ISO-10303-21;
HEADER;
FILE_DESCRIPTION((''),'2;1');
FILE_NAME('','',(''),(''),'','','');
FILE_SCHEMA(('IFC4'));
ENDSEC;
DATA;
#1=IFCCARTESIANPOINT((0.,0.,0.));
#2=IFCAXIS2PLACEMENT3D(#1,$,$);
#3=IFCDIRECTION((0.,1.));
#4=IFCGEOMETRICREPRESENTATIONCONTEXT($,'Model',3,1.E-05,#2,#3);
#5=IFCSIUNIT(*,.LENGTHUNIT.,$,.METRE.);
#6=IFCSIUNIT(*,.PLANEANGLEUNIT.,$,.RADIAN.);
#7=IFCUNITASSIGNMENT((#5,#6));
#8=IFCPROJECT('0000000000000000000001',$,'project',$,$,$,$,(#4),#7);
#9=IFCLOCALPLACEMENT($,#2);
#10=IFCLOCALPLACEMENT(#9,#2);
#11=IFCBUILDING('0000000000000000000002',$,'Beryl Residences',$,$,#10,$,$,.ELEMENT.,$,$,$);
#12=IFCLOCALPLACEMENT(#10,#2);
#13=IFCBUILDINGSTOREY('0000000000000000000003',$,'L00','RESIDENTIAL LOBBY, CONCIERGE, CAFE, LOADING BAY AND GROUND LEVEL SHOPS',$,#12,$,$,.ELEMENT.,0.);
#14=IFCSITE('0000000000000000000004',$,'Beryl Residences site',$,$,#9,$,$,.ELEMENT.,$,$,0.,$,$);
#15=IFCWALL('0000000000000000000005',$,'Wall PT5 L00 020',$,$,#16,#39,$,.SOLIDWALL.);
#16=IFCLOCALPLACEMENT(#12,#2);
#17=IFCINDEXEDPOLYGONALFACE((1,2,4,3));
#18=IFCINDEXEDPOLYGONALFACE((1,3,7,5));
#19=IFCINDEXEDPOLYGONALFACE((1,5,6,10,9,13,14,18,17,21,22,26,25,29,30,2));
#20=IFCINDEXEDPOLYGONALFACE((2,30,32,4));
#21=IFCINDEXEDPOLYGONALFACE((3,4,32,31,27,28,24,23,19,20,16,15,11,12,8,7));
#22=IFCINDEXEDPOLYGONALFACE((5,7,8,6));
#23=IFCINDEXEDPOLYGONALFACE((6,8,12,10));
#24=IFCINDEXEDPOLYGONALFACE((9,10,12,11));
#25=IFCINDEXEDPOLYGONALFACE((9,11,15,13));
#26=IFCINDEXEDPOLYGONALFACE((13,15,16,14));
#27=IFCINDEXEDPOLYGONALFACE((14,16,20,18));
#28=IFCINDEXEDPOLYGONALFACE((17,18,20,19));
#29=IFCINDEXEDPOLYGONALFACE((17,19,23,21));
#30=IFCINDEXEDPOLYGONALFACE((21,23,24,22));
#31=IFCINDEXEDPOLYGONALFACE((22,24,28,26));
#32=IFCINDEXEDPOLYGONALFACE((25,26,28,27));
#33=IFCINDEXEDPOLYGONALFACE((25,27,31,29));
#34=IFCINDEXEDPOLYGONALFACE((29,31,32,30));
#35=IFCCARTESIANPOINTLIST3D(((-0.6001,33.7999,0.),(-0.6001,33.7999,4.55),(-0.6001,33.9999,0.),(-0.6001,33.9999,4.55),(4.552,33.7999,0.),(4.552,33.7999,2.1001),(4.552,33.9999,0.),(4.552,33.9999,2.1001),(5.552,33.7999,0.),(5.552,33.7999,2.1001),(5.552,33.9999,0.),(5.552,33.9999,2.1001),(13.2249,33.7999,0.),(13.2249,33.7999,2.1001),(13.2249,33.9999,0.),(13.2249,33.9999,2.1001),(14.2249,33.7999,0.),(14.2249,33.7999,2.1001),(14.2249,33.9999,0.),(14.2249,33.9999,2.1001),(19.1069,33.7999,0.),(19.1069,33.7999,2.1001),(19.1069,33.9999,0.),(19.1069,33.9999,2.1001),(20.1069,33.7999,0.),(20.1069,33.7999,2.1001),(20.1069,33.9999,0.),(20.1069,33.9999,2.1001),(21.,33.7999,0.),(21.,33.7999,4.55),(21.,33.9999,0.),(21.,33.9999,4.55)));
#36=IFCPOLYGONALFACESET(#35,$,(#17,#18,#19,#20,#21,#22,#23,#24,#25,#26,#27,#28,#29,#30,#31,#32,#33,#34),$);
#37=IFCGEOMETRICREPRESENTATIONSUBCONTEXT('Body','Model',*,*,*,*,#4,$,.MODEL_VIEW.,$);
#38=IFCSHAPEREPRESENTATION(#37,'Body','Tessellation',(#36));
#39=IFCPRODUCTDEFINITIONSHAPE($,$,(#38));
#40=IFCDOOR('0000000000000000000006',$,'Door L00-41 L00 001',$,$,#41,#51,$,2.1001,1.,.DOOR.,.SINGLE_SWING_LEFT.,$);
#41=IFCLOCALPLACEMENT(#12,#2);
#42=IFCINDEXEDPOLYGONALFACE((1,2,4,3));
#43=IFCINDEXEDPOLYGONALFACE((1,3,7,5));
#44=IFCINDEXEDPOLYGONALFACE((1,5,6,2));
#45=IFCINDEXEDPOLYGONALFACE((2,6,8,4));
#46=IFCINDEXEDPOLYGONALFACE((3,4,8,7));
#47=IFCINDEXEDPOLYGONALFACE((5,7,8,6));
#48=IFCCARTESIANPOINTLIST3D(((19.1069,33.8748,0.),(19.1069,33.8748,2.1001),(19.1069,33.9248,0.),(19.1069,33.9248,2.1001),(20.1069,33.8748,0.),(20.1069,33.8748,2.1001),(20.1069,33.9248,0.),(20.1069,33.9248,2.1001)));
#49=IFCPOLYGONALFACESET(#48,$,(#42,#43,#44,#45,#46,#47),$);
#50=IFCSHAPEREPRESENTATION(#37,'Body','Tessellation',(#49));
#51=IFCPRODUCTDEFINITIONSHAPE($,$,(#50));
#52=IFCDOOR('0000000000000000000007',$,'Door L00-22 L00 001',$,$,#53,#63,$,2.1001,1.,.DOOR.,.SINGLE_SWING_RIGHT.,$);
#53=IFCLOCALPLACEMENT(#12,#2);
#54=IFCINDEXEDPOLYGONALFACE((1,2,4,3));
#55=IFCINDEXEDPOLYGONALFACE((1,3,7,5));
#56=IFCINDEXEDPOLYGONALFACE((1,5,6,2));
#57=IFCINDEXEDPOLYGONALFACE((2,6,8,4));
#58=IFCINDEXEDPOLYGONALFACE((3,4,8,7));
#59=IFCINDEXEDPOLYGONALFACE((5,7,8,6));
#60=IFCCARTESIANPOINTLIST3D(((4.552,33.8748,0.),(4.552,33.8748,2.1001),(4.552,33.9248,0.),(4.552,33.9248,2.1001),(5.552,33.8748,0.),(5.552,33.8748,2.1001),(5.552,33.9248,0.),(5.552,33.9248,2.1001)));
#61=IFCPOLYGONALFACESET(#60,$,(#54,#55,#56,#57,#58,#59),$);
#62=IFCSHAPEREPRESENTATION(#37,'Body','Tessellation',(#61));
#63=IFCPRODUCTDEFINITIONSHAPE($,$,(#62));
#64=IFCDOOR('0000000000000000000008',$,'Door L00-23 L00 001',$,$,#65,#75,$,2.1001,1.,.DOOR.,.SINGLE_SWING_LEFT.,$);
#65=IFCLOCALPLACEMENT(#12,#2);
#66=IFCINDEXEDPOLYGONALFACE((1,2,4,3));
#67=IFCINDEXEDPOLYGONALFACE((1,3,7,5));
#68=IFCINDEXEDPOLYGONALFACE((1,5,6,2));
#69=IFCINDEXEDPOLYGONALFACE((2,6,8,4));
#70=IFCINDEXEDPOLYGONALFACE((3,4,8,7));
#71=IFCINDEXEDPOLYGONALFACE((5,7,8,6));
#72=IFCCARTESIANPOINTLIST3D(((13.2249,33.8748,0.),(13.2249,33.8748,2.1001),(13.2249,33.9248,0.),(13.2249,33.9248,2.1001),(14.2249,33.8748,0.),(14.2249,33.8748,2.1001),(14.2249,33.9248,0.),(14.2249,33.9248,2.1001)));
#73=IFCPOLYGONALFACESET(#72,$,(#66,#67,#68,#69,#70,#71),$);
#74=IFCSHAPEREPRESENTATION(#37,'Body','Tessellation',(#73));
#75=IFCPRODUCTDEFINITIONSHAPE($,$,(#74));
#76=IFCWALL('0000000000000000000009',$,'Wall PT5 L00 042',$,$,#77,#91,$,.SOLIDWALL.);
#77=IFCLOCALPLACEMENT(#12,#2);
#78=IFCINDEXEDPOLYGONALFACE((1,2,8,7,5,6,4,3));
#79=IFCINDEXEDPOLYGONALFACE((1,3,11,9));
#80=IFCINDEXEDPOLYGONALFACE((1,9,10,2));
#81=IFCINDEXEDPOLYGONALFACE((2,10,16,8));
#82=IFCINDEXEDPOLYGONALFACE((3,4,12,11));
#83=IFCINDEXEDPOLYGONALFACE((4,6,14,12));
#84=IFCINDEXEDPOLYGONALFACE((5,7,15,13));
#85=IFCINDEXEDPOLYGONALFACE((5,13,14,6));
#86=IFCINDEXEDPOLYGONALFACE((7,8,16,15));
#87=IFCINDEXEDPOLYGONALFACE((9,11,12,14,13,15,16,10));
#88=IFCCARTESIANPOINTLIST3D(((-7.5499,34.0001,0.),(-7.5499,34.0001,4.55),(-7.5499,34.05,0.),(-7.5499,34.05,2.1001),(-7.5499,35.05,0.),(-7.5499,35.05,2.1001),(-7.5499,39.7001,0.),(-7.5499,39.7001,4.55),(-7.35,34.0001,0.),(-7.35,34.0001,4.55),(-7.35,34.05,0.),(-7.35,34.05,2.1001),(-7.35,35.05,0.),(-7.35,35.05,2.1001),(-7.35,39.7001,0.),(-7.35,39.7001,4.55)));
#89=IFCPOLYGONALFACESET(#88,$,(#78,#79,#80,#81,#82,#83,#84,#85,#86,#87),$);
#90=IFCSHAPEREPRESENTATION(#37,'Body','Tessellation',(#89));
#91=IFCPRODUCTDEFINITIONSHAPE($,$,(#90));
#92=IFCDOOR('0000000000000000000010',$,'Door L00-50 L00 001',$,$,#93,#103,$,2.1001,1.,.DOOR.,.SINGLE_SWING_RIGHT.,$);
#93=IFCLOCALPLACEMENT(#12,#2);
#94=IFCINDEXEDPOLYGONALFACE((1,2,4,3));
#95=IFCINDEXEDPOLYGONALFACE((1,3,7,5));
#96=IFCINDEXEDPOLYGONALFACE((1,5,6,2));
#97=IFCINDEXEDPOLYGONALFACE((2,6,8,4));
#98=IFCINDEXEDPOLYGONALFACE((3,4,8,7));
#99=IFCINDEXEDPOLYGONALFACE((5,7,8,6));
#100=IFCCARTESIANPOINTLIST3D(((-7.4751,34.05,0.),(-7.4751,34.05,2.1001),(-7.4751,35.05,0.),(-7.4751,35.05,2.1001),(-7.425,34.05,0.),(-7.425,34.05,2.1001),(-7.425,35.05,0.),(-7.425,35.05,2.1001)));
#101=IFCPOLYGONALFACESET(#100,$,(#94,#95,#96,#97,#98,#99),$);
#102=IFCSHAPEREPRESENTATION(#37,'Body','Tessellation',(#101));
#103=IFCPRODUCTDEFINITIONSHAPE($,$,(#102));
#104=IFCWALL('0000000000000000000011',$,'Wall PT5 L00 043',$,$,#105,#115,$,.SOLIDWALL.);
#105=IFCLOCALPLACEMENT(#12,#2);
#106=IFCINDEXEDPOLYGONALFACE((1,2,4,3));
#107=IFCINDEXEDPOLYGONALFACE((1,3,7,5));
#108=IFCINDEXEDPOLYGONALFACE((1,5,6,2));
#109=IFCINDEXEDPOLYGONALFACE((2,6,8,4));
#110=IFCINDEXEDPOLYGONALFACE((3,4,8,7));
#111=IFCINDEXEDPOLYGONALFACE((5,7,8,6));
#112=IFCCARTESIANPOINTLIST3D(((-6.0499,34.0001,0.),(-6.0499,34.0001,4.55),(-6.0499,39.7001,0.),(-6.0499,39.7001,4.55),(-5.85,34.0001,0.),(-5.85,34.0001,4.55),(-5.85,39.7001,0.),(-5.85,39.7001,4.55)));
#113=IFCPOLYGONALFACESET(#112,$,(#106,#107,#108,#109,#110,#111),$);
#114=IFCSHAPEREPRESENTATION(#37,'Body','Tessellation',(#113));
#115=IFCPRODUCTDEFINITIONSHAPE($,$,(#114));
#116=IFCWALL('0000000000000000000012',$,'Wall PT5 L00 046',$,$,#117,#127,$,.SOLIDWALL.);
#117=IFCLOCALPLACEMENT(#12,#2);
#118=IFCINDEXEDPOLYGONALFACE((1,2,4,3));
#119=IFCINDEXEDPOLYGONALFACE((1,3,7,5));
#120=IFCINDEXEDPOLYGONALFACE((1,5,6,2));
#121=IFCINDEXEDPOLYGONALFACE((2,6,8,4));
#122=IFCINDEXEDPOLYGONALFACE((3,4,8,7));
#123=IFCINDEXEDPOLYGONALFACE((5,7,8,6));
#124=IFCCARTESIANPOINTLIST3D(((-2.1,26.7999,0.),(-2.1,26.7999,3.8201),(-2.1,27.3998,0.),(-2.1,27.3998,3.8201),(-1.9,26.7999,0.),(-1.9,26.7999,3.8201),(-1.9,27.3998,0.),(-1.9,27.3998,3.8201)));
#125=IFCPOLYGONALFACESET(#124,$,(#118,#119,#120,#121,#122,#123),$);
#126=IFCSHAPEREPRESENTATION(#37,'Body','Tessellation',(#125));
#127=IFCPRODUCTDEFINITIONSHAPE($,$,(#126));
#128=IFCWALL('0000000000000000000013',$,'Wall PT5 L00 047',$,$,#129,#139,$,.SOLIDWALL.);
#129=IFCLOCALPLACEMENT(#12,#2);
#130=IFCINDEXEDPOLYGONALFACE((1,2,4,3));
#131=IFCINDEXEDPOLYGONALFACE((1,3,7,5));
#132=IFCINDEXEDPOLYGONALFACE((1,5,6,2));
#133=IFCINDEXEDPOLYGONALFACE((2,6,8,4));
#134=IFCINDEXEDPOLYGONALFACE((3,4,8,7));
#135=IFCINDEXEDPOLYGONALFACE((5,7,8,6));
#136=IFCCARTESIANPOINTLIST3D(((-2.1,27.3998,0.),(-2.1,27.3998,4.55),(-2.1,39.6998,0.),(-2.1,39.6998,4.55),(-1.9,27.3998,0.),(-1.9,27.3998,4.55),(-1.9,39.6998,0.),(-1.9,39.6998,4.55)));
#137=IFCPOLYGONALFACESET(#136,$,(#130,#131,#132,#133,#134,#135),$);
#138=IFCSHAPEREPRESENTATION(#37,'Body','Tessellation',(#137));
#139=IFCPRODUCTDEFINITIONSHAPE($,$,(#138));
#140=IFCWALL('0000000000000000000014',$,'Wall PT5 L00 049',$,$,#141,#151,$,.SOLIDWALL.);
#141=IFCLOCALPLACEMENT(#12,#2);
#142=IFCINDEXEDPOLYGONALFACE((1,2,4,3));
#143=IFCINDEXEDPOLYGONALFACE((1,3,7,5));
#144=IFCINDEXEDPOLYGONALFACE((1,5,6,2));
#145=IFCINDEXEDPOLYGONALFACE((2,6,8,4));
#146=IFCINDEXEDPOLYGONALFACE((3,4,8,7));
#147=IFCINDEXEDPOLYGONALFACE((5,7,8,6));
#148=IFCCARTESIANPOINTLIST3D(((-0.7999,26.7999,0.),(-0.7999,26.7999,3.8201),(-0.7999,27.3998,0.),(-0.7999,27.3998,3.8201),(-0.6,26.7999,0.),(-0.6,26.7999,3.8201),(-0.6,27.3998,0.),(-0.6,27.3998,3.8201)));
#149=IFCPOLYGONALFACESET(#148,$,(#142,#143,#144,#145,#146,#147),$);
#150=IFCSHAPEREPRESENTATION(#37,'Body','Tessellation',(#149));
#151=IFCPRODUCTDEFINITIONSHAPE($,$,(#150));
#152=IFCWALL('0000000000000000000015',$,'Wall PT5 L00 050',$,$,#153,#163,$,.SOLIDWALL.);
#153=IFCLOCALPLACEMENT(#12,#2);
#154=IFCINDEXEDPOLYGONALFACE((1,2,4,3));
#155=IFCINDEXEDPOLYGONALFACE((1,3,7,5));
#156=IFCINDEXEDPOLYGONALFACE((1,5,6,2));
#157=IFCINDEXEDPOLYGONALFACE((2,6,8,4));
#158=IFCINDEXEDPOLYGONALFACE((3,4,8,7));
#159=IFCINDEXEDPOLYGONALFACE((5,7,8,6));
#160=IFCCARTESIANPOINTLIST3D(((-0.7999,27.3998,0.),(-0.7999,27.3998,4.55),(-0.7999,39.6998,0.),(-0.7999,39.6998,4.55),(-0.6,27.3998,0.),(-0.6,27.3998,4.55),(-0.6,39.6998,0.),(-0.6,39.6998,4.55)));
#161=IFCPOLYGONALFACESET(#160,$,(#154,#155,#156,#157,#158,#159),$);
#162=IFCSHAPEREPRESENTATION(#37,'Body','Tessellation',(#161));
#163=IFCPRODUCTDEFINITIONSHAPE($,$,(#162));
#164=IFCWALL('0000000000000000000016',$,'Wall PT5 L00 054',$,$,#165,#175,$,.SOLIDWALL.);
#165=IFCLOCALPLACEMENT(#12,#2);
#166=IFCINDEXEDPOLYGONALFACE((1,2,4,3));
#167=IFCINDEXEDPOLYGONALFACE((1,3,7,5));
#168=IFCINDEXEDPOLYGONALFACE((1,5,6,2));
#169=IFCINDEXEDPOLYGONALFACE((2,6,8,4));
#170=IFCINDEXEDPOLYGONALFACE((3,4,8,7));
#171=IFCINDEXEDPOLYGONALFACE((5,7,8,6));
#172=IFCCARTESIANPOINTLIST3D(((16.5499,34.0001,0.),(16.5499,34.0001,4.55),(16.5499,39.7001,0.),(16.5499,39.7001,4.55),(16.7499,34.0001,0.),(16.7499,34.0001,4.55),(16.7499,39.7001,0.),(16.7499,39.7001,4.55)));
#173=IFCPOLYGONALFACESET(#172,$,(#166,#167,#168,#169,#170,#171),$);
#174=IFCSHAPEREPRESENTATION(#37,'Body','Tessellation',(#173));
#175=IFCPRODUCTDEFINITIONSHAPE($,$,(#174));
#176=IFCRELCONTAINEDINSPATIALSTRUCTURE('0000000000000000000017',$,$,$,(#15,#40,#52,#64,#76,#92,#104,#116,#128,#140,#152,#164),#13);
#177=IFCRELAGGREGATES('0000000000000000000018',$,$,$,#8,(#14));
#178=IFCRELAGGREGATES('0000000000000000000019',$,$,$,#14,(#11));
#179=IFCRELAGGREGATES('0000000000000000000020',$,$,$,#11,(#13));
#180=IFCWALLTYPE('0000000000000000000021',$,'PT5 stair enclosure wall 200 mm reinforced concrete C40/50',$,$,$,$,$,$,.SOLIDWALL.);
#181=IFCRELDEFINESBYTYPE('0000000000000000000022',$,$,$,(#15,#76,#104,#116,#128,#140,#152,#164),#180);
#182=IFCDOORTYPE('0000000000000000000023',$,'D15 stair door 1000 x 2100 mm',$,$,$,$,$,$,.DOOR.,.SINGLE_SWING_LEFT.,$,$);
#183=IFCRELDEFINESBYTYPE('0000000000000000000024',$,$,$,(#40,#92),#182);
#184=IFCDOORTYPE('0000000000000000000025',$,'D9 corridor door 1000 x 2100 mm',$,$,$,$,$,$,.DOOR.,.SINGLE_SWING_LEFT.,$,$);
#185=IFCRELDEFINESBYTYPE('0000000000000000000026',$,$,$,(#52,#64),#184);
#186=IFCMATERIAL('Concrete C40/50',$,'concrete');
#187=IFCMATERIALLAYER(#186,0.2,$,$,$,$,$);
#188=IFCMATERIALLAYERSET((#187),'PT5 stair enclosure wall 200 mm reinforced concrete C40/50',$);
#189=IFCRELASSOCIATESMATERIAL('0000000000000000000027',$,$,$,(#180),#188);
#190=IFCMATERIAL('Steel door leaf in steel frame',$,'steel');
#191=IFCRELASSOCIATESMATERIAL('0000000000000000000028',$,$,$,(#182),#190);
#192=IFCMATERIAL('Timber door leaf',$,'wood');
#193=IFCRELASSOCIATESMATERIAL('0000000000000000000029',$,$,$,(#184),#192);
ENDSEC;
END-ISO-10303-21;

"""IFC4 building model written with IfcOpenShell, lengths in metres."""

from ifc_helpers import new_model, si_unit, direction, frame, frame_2d, origin, place, context, subcontext, project, spatial, rectangle, extrude, material, layer, layer_set, type_object, element, fill, save


model = new_model("IFC4")

# Units and contexts
model_context = context("Model", 3, precision=1e-05, world=origin(), true_north=direction((0.0, 1.0)))
body_context = subcontext(model_context, "Body", "Model", "MODEL_VIEW")
ifc_project = project(units=[si_unit("LENGTHUNIT", "METRE"), si_unit("PLANEANGLEUNIT", "RADIAN")], contexts=[model_context])

# Site, building, storey
site_placement = place(None, origin())
site = spatial("IfcSite", under=ifc_project, at=site_placement, Name="Beryl Residences site", CompositionType="ELEMENT", RefElevation=0.0)
building_placement = place(site_placement, origin())
building = spatial("IfcBuilding", under=site, at=building_placement, Name="Beryl Residences", CompositionType="ELEMENT")
storey_placement = place(building_placement, origin())
storey = spatial("IfcBuildingStorey", under=building, at=storey_placement, Name="L00", Description="RESIDENTIAL LOBBY, CONCIERGE, CAFE, LOADING BAY AND GROUND LEVEL SHOPS", CompositionType="ELEMENT", Elevation=0.0)

# Wall, openings, doors
ifc_material_1 = material(Name="Concrete C40/50", Category="concrete")
ifc_layer_1 = layer(ifc_material_1, 0.2)
ifc_layer_set_1 = layer_set([ifc_layer_1], Name="PT5 stair enclosure wall 200 mm reinforced concrete C40/50")
wall_type_1 = type_object("IfcWallType", Name="PT5 stair enclosure wall 200 mm reinforced concrete C40/50", PredefinedType="SOLIDWALL", material=ifc_layer_set_1)
wall_1_placement = place(storey_placement, frame((-0.6001, 33.8999, 0.0), z_axis=(0.0, 0.0, 1.0), x_axis=(1.0, 0.0, 0.0)))
wall_1 = element("IfcWall", 1, at=wall_1_placement, inside=storey, type_object=wall_type_1, Name="Wall PT5 L00 020", PredefinedType="SOLIDWALL", context=body_context, shape_type="SweptSolid", body=[
    extrude(rectangle(XDim=21.6001, YDim=0.2, at=frame_2d((10.8, 0.0))), origin(), (0.0, 0.0, 1.0), 4.55),
])
opening_1_placement = place(wall_1_placement, frame((5.1521, 0.0, 0.0)))
opening_1 = element("IfcOpeningElement", 2, at=opening_1_placement, cuts=wall_1, PredefinedType="OPENING", context=body_context, shape_type="SweptSolid", body=[
    extrude(rectangle(XDim=1.0, YDim=2.1001, at=frame_2d((0.5, 1.05))), frame((0.0, 0.1099, 0.0), z_axis=(0.0, -1.0, 0.0), x_axis=(1.0, 0.0, 0.0)), (0.0, 0.0, 1.0), 0.22),
])
opening_2_placement = place(wall_1_placement, frame((13.825, 0.0, 0.0)))
opening_2 = element("IfcOpeningElement", 3, at=opening_2_placement, cuts=wall_1, PredefinedType="OPENING", context=body_context, shape_type="SweptSolid", body=[
    extrude(rectangle(XDim=1.0, YDim=2.1001, at=frame_2d((0.5, 1.05))), frame((0.0, 0.1099, 0.0), z_axis=(0.0, -1.0, 0.0), x_axis=(1.0, 0.0, 0.0)), (0.0, 0.0, 1.0), 0.22),
])
opening_3_placement = place(wall_1_placement, frame((19.707, 0.0, 0.0)))
opening_3 = element("IfcOpeningElement", 4, at=opening_3_placement, cuts=wall_1, PredefinedType="OPENING", context=body_context, shape_type="SweptSolid", body=[
    extrude(rectangle(XDim=1.0, YDim=2.1001, at=frame_2d((0.5, 1.05))), frame((0.0, 0.1099, 0.0), z_axis=(0.0, -1.0, 0.0), x_axis=(1.0, 0.0, 0.0)), (0.0, 0.0, 1.0), 0.22),
])
ifc_material_2 = material(Name="Steel door leaf in steel frame", Category="steel")
door_type_1 = type_object("IfcDoorType", Name="D15 stair door 1000 x 2100 mm", OperationType="SINGLE_SWING_LEFT", PredefinedType="DOOR", material=ifc_material_2)
door_1_placement = place(opening_3_placement, origin())
door_1 = element("IfcDoor", 5, at=door_1_placement, inside=storey, type_object=door_type_1, Name="Door L00-41 L00 001", OperationType="SINGLE_SWING_LEFT", OverallHeight=2.1001, OverallWidth=1.0, PredefinedType="DOOR", context=body_context, shape_type="SweptSolid", body=[
    extrude(rectangle(XDim=1.0, YDim=2.1001, at=frame_2d((0.5, 1.05))), frame((0.0, 0.0249, 0.0), z_axis=(0.0, -1.0, 0.0), x_axis=(1.0, 0.0, 0.0)), (0.0, 0.0, 1.0), 0.05),
])
fill(opening_3, door_1)
ifc_material_3 = material(Name="Timber door leaf", Category="wood")
door_type_2 = type_object("IfcDoorType", Name="D9 corridor door 1000 x 2100 mm", OperationType="SINGLE_SWING_LEFT", PredefinedType="DOOR", material=ifc_material_3)
door_2_placement = place(opening_1_placement, origin())
door_2 = element("IfcDoor", 6, at=door_2_placement, inside=storey, type_object=door_type_2, Name="Door L00-22 L00 001", OperationType="SINGLE_SWING_RIGHT", OverallHeight=2.1001, OverallWidth=1.0, PredefinedType="DOOR", context=body_context, shape_type="SweptSolid", body=[
    extrude(rectangle(XDim=1.0, YDim=2.1001, at=frame_2d((0.5, 1.05))), frame((0.0, 0.0249, 0.0), z_axis=(0.0, -1.0, 0.0), x_axis=(1.0, 0.0, 0.0)), (0.0, 0.0, 1.0), 0.05),
])
fill(opening_1, door_2)
door_3_placement = place(opening_2_placement, origin())
door_3 = element("IfcDoor", 7, at=door_3_placement, inside=storey, type_object=door_type_2, Name="Door L00-23 L00 001", OperationType="SINGLE_SWING_LEFT", OverallHeight=2.1001, OverallWidth=1.0, PredefinedType="DOOR", context=body_context, shape_type="SweptSolid", body=[
    extrude(rectangle(XDim=1.0, YDim=2.1001, at=frame_2d((0.5, 1.05))), frame((0.0, 0.0249, 0.0), z_axis=(0.0, -1.0, 0.0), x_axis=(1.0, 0.0, 0.0)), (0.0, 0.0, 1.0), 0.05),
])
fill(opening_2, door_3)

# Wall, opening, door
wall_2_placement = place(storey_placement, frame((-7.45, 34.0, 0.0), z_axis=(0.0, 0.0, 1.0), x_axis=(0.0, 1.0, 0.0)))
wall_2 = element("IfcWall", 8, at=wall_2_placement, inside=storey, type_object=wall_type_1, Name="Wall PT5 L00 042", PredefinedType="SOLIDWALL", context=body_context, shape_type="SweptSolid", body=[
    extrude(rectangle(XDim=5.7, YDim=0.2, at=frame_2d((2.8501, 0.0))), origin(), (0.0, 0.0, 1.0), 4.55),
])
opening_4_placement = place(wall_2_placement, frame((1.05, 0.0, 0.0), z_axis=(0.0, 0.0, 1.0), x_axis=(-1.0, 0.0, 0.0)))
opening_4 = element("IfcOpeningElement", 9, at=opening_4_placement, cuts=wall_2, PredefinedType="OPENING", context=body_context, shape_type="SweptSolid", body=[
    extrude(rectangle(XDim=1.0, YDim=2.1001, at=frame_2d((0.5, 1.05))), frame((0.0, 0.1099, 0.0), z_axis=(0.0, -1.0, 0.0), x_axis=(1.0, 0.0, 0.0)), (0.0, 0.0, 1.0), 0.22),
])
door_4_placement = place(opening_4_placement, origin())
door_4 = element("IfcDoor", 10, at=door_4_placement, inside=storey, type_object=door_type_1, Name="Door L00-50 L00 001", OperationType="SINGLE_SWING_RIGHT", OverallHeight=2.1001, OverallWidth=1.0, PredefinedType="DOOR", context=body_context, shape_type="SweptSolid", body=[
    extrude(rectangle(XDim=1.0, YDim=2.1001, at=frame_2d((0.5, 1.05))), frame((0.0, 0.0249, 0.0), z_axis=(0.0, -1.0, 0.0), x_axis=(1.0, 0.0, 0.0)), (0.0, 0.0, 1.0), 0.05),
])
fill(opening_4, door_4)

# Walls
wall_3_placement = place(storey_placement, frame((-5.95, 34.0, 0.0), z_axis=(0.0, 0.0, 1.0), x_axis=(0.0, 1.0, 0.0)))
element("IfcWall", 11, at=wall_3_placement, inside=storey, type_object=wall_type_1, Name="Wall PT5 L00 043", PredefinedType="SOLIDWALL", context=body_context, shape_type="SweptSolid", body=[
    extrude(rectangle(XDim=5.7, YDim=0.2, at=frame_2d((2.8501, 0.0))), origin(), (0.0, 0.0, 1.0), 4.55),
])
wall_4_placement = place(storey_placement, frame((-2.0, 26.8, 0.0), z_axis=(0.0, 0.0, 1.0), x_axis=(0.0, 1.0, 0.0)))
element("IfcWall", 12, at=wall_4_placement, inside=storey, type_object=wall_type_1, Name="Wall PT5 L00 046", PredefinedType="SOLIDWALL", context=body_context, shape_type="SweptSolid", body=[
    extrude(rectangle(XDim=0.5999, YDim=0.2, at=frame_2d((0.2998, 0.0))), origin(), (0.0, 0.0, 1.0), 3.8201),
])
wall_5_placement = place(storey_placement, frame((-2.0, 27.3999, 0.0), z_axis=(0.0, 0.0, 1.0), x_axis=(0.0, 1.0, 0.0)))
element("IfcWall", 13, at=wall_5_placement, inside=storey, type_object=wall_type_1, Name="Wall PT5 L00 047", PredefinedType="SOLIDWALL", context=body_context, shape_type="SweptSolid", body=[
    extrude(rectangle(XDim=12.3, YDim=0.2, at=frame_2d((6.1499, 0.0))), origin(), (0.0, 0.0, 1.0), 4.55),
])
wall_6_placement = place(storey_placement, frame((-0.7, 26.8, 0.0), z_axis=(0.0, 0.0, 1.0), x_axis=(0.0, 1.0, 0.0)))
element("IfcWall", 14, at=wall_6_placement, inside=storey, type_object=wall_type_1, Name="Wall PT5 L00 049", PredefinedType="SOLIDWALL", context=body_context, shape_type="SweptSolid", body=[
    extrude(rectangle(XDim=0.5999, YDim=0.2, at=frame_2d((0.2998, 0.0))), origin(), (0.0, 0.0, 1.0), 3.8201),
])
wall_7_placement = place(storey_placement, frame((-0.7, 27.3999, 0.0), z_axis=(0.0, 0.0, 1.0), x_axis=(0.0, 1.0, 0.0)))
element("IfcWall", 15, at=wall_7_placement, inside=storey, type_object=wall_type_1, Name="Wall PT5 L00 050", PredefinedType="SOLIDWALL", context=body_context, shape_type="SweptSolid", body=[
    extrude(rectangle(XDim=12.3, YDim=0.2, at=frame_2d((6.1499, 0.0))), origin(), (0.0, 0.0, 1.0), 4.55),
])
wall_8_placement = place(storey_placement, frame((16.6499, 34.0, 0.0), z_axis=(0.0, 0.0, 1.0), x_axis=(0.0, 1.0, 0.0)))
element("IfcWall", 16, at=wall_8_placement, inside=storey, type_object=wall_type_1, Name="Wall PT5 L00 054", PredefinedType="SOLIDWALL", context=body_context, shape_type="SweptSolid", body=[
    extrude(rectangle(XDim=5.7, YDim=0.2, at=frame_2d((2.8501, 0.0))), origin(), (0.0, 0.0, 1.0), 4.55),
])

save(model, "model.ifc")
